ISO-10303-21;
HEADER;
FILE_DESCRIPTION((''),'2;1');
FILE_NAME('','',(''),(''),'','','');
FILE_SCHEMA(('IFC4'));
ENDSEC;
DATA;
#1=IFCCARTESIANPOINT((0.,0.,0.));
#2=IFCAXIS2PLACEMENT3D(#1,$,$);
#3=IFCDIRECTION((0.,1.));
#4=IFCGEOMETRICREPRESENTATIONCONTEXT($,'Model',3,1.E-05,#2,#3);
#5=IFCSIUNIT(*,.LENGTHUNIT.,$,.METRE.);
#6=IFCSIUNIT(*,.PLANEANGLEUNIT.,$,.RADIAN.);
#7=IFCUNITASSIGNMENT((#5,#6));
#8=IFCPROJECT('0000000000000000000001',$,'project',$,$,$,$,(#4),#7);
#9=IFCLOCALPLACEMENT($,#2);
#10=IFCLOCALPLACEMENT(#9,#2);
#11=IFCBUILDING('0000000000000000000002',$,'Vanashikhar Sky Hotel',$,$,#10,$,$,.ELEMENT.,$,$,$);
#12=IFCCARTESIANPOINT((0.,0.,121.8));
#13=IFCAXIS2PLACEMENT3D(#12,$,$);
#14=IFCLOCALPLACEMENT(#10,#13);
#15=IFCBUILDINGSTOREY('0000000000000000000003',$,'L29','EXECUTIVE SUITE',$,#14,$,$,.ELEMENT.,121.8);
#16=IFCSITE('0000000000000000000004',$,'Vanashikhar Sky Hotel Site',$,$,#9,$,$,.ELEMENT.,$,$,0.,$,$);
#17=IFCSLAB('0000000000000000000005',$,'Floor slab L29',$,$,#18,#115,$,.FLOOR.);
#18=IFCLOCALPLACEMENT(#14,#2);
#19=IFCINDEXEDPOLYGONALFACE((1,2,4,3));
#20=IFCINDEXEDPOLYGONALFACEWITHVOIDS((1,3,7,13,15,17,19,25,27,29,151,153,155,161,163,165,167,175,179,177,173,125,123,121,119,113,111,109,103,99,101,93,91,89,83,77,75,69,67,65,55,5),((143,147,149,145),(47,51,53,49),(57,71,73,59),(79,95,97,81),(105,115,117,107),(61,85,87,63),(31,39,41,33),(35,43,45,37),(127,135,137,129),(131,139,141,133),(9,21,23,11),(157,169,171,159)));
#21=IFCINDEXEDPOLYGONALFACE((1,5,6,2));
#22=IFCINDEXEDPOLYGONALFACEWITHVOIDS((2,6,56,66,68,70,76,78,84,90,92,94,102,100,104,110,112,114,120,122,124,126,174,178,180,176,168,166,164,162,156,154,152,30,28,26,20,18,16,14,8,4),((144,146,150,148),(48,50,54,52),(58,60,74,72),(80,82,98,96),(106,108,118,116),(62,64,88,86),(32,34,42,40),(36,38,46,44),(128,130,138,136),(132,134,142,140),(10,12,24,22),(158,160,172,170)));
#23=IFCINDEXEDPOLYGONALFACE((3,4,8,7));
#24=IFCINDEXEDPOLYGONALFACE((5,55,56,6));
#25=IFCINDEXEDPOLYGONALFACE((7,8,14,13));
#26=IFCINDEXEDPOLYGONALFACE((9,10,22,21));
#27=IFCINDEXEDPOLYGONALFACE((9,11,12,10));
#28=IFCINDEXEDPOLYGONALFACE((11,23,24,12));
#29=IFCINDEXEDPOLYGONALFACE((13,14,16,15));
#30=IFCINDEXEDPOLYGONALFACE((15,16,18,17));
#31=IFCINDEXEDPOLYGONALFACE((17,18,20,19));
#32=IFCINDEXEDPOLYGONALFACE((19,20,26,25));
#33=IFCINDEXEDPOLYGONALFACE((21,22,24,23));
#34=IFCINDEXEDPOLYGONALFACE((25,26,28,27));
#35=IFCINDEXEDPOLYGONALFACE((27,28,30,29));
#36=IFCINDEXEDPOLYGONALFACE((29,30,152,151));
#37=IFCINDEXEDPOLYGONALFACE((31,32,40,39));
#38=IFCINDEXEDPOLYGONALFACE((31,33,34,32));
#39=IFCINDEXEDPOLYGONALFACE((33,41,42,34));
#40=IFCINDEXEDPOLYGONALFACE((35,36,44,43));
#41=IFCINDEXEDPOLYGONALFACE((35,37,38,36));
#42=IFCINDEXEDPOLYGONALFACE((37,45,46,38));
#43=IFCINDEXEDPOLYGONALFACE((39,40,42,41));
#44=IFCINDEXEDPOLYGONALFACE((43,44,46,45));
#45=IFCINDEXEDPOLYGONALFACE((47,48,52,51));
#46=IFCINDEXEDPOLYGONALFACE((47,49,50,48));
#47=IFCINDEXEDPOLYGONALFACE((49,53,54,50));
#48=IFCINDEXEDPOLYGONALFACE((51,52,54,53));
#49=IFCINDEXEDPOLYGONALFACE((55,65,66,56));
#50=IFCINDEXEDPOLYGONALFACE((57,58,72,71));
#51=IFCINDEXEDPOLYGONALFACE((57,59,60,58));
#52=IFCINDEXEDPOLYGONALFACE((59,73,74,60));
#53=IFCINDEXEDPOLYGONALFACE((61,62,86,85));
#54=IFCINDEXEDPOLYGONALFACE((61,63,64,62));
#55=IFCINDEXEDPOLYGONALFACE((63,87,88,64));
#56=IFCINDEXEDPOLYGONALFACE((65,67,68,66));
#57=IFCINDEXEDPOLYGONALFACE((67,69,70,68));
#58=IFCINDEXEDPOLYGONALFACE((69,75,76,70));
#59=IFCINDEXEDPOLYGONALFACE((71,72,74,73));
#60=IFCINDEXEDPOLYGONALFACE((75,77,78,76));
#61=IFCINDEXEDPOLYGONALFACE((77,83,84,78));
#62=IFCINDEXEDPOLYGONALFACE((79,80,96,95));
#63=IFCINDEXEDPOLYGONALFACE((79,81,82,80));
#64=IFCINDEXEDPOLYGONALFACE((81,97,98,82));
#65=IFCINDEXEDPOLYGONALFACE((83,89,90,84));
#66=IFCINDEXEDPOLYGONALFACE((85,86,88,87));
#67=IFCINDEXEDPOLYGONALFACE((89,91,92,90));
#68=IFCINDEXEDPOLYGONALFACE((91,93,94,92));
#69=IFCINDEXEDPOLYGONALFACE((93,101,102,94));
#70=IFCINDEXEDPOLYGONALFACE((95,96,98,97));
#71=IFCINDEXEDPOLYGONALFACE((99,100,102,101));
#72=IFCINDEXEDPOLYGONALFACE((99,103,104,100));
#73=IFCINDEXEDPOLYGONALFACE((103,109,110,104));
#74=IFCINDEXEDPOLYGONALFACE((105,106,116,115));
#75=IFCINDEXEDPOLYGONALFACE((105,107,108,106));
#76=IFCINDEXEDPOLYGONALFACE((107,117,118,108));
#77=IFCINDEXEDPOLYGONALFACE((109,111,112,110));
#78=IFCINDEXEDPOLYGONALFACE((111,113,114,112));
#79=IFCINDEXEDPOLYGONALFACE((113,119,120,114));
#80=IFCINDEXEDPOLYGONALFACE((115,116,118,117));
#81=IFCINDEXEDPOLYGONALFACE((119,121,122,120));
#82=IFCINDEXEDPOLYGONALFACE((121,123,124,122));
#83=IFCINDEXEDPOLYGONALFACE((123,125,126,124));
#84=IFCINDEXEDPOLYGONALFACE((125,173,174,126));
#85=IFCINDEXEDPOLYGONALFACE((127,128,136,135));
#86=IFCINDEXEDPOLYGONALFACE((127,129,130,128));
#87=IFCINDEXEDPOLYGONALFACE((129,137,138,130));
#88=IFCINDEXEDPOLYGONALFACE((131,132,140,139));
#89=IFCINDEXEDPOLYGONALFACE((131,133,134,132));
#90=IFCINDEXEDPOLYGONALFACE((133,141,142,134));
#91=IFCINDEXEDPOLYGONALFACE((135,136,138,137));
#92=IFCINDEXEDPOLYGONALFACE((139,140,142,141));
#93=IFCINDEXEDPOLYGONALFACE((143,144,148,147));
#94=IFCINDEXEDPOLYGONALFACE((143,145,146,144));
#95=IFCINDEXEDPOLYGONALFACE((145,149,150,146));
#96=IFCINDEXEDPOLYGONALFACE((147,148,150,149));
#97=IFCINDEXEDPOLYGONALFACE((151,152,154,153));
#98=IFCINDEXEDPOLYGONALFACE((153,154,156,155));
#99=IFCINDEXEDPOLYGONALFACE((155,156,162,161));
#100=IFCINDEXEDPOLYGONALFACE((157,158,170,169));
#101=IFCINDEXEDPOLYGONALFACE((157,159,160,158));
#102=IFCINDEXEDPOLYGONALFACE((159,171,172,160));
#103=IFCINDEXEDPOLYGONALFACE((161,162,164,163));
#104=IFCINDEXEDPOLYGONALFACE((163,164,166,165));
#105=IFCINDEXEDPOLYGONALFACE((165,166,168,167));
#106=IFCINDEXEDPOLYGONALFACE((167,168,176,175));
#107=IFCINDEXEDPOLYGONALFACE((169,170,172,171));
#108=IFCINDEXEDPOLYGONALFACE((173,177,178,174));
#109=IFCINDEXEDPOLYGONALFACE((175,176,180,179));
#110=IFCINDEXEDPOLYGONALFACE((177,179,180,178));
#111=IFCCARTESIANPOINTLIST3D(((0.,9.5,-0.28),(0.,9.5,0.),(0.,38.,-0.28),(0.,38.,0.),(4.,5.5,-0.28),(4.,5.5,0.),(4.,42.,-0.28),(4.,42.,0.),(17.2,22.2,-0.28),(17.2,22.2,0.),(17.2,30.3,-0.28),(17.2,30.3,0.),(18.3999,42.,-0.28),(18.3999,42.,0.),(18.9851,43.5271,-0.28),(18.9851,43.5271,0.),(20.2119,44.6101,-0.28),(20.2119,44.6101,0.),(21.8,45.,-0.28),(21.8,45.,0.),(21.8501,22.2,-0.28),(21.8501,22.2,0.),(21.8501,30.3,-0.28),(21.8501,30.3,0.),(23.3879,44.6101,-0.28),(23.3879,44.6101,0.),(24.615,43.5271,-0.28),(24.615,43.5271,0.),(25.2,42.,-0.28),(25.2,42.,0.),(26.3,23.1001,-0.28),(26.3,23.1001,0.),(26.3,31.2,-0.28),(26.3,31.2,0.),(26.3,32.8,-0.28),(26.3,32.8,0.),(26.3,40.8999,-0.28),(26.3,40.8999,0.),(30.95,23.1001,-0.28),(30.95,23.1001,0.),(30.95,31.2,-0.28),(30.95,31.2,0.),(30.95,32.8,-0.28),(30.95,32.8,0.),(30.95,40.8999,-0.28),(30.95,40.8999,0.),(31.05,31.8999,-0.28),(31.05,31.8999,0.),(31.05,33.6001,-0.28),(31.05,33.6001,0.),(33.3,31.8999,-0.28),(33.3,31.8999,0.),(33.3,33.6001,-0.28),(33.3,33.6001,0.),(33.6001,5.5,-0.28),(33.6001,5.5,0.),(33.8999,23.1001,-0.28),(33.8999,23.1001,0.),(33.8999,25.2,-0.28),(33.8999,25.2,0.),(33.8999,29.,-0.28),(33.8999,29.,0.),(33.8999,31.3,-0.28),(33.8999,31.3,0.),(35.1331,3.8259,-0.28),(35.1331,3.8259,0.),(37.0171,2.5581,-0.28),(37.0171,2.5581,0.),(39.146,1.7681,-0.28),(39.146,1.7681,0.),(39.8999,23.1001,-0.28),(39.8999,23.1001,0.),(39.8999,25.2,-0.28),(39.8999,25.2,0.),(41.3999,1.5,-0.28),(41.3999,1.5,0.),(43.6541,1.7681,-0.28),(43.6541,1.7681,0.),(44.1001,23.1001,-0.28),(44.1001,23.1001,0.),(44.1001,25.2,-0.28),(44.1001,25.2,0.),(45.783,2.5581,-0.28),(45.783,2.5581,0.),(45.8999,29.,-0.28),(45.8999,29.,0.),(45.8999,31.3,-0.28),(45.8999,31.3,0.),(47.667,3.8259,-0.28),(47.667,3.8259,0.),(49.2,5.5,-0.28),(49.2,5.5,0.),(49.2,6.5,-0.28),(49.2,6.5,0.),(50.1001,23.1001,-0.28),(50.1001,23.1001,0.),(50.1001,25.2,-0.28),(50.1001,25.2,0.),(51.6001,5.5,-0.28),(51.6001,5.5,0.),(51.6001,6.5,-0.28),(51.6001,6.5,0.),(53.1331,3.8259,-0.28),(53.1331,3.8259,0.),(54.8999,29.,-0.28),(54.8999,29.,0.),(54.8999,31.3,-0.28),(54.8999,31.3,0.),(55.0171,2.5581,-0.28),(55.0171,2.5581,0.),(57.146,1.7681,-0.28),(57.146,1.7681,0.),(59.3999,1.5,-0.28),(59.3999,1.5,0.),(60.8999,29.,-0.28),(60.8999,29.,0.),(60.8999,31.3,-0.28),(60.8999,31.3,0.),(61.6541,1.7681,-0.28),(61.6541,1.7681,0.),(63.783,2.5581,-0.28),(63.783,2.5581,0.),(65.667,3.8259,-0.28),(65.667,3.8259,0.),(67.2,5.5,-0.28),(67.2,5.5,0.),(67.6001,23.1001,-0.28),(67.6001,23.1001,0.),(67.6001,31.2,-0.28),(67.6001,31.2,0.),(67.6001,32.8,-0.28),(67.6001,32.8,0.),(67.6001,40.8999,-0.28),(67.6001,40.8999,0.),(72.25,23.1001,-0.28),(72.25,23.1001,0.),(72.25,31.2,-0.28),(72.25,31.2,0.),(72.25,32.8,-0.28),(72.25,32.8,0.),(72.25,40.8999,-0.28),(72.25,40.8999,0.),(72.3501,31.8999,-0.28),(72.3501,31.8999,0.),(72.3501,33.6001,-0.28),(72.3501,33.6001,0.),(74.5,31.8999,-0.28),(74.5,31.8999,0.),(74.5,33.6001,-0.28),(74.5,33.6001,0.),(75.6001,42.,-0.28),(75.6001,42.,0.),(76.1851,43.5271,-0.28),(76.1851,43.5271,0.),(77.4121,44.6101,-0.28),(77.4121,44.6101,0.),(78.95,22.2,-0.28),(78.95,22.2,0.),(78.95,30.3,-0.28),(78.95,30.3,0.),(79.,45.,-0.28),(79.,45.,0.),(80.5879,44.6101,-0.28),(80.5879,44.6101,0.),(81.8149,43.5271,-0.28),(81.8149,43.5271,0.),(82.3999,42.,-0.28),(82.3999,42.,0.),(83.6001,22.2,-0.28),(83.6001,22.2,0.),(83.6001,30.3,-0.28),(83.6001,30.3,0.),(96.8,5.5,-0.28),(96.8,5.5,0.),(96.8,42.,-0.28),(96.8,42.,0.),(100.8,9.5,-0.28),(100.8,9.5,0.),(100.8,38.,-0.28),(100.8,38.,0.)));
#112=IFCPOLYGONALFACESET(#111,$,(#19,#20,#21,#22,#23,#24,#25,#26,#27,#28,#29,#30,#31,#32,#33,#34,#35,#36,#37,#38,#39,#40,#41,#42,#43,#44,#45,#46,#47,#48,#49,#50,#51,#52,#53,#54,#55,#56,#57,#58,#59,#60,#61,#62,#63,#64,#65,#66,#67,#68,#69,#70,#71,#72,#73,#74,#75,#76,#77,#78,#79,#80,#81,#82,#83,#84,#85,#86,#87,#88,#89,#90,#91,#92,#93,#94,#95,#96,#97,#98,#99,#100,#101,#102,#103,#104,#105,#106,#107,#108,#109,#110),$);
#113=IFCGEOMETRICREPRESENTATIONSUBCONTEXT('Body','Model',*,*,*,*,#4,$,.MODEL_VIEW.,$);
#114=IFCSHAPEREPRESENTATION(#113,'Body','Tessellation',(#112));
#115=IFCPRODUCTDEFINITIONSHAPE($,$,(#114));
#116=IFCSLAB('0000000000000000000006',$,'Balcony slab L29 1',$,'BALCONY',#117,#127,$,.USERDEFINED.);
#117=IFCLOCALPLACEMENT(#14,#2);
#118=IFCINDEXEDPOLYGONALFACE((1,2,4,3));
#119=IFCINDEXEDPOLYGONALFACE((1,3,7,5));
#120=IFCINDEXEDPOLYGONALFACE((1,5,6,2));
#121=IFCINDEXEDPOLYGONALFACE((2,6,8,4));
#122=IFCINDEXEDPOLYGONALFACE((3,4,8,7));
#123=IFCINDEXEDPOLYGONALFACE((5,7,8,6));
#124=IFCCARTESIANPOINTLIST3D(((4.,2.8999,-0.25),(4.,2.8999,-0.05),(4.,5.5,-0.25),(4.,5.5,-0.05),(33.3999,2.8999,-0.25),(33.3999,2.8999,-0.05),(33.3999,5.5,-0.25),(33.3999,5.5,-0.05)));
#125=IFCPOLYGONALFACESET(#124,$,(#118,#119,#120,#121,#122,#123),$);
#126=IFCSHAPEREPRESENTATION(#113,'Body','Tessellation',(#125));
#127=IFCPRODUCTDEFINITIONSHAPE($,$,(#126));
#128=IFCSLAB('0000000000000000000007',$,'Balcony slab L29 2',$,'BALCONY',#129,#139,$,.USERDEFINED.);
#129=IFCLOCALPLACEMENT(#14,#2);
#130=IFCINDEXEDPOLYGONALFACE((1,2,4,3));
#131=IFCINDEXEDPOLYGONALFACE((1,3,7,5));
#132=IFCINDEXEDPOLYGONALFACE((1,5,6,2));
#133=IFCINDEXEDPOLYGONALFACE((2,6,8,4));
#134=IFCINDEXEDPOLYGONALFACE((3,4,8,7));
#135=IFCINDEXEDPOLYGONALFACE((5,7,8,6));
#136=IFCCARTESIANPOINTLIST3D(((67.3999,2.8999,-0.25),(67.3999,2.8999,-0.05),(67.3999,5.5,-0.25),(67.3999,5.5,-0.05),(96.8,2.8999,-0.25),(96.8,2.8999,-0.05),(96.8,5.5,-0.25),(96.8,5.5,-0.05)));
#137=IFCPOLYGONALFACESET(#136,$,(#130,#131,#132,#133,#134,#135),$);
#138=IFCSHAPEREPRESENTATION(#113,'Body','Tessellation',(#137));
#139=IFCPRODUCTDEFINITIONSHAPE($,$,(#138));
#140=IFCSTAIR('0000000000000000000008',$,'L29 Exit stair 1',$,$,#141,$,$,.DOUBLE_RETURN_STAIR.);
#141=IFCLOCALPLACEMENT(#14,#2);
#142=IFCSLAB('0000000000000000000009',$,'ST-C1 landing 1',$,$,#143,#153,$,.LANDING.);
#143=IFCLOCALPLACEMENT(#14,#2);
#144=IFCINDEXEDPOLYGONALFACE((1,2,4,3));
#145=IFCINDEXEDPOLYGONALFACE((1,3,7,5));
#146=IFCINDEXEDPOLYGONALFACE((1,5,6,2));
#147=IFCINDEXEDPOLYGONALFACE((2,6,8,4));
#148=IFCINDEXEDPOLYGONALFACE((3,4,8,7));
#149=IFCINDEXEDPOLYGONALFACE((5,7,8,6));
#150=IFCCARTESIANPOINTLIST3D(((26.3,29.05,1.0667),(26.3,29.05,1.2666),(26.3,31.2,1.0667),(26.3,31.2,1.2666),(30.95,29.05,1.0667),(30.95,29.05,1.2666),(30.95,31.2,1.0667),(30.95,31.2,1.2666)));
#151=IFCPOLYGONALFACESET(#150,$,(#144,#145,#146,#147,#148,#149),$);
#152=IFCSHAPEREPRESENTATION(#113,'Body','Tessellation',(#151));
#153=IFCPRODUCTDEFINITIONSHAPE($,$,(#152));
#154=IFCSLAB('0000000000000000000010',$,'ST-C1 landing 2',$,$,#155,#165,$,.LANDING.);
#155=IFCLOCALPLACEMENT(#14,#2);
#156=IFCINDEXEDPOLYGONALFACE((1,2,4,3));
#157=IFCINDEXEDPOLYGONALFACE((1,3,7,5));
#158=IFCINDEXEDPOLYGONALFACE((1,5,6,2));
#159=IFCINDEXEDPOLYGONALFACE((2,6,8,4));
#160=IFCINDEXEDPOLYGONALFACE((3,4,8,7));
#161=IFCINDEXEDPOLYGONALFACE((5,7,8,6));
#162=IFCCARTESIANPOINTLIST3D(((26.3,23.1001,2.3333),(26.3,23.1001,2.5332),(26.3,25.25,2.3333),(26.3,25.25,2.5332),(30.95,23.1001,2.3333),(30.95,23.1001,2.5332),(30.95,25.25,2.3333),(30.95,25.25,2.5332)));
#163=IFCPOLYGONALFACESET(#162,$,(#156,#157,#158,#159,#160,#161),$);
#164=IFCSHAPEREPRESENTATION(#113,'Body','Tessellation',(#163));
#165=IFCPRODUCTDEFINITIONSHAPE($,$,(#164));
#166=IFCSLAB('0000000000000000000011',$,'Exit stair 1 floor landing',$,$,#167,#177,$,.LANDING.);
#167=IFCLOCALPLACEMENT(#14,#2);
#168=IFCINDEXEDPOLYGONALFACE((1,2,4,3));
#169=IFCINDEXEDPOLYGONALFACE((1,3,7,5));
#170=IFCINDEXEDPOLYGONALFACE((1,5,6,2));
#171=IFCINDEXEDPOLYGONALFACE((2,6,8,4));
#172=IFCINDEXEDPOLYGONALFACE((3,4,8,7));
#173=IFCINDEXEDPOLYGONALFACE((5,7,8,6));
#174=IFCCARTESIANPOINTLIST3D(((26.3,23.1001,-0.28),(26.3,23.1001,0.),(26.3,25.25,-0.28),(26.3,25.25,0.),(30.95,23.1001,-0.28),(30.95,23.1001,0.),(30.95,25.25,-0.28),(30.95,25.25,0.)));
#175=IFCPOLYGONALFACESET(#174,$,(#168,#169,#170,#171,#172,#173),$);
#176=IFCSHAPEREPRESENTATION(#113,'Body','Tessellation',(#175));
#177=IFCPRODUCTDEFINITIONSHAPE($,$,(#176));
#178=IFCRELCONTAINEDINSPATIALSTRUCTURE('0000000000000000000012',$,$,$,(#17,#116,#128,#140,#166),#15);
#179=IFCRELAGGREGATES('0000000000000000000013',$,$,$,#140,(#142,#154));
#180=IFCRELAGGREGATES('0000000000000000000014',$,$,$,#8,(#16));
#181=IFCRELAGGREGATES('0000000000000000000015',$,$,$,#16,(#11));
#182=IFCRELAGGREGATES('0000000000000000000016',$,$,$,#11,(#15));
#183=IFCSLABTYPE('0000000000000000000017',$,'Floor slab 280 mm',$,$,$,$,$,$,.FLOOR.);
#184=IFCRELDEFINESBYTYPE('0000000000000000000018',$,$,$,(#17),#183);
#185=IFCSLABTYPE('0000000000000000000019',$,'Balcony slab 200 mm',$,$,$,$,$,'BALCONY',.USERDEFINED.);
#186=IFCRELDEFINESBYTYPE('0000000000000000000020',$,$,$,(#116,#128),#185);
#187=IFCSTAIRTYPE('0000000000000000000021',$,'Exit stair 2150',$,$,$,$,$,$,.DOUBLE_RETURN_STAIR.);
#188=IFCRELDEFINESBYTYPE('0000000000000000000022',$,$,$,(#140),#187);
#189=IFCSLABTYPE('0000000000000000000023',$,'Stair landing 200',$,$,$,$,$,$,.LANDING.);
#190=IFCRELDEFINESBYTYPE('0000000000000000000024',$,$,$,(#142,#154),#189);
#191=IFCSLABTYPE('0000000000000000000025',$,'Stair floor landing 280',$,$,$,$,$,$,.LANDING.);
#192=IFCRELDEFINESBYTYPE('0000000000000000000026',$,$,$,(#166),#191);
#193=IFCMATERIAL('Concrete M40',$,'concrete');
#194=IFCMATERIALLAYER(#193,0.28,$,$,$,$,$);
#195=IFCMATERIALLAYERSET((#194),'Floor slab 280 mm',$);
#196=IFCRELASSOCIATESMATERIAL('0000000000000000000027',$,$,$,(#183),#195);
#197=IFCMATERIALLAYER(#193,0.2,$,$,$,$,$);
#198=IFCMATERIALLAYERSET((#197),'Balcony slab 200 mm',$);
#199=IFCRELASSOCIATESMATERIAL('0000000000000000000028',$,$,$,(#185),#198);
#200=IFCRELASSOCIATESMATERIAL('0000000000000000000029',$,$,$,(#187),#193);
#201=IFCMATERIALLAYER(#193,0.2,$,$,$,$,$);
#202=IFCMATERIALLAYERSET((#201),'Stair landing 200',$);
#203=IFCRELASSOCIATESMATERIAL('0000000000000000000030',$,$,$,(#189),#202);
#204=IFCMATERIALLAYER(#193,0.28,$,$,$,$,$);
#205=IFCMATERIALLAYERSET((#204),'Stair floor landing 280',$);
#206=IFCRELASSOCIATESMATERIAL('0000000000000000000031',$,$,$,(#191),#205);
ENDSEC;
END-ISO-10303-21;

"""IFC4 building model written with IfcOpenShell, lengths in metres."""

from ifc_helpers import new_model, si_unit, direction, frame, origin, place, context, subcontext, project, spatial, polyline, outline, extrude, source, transform, mapped, material, layer, layer_set, type_object, element, aggregate, save


model = new_model("IFC4")

# Units and contexts
model_context = context("Model", 3, precision=1e-05, world=origin(), true_north=direction((0.0, 1.0)))
body_context = subcontext(model_context, "Body", "Model", "MODEL_VIEW")
ifc_project = project(units=[si_unit("LENGTHUNIT", "METRE"), si_unit("PLANEANGLEUNIT", "RADIAN")], contexts=[model_context])

# Site, building, storey
site_placement = place(None, origin())
site = spatial("IfcSite", under=ifc_project, at=site_placement, Name="Vanashikhar Sky Hotel Site", CompositionType="ELEMENT", RefElevation=0.0)
building_placement = place(site_placement, origin())
building = spatial("IfcBuilding", under=site, at=building_placement, Name="Vanashikhar Sky Hotel", CompositionType="ELEMENT")
storey_placement = place(building_placement, frame((0.0, 0.0, 121.8)))
storey = spatial("IfcBuildingStorey", under=building, at=storey_placement, Name="L29", Description="EXECUTIVE SUITE", CompositionType="ELEMENT", Elevation=121.8)

# Slabs
ifc_material_1 = material(Name="Concrete M40", Category="concrete")
ifc_layer_1 = layer(ifc_material_1, 0.28)
ifc_layer_set_1 = layer_set([ifc_layer_1], Name="Floor slab 280 mm")
slab_type_1 = type_object("IfcSlabType", Name="Floor slab 280 mm", PredefinedType="FLOOR", material=ifc_layer_set_1)
shared_shape_1 = source(origin(), body_context, "Body", "SweptSolid", [
    extrude(outline(polyline([(49.2, 5.5), (49.2, 6.5), (51.6001, 6.5), (51.6001, 5.5), (53.1331, 3.8259), (55.0171, 2.5581), (57.146, 1.7681), (59.3999, 1.5), (61.6541, 1.7681), (63.783, 2.5581), (65.667, 3.8259), (67.2, 5.5), (96.8, 5.5), (100.8, 9.5), (100.8, 38.0), (96.8, 42.0), (82.3999, 42.0), (81.8149, 43.5271), (80.5879, 44.6101), (79.0, 45.0), (77.4121, 44.6101), (76.1851, 43.5271), (75.6001, 42.0), (25.2, 42.0), (24.615, 43.5271), (23.3879, 44.6101), (21.8, 45.0), (20.2119, 44.6101), (18.9851, 43.5271), (18.3999, 42.0), (4.0, 42.0), (0.0, 38.0), (0.0, 9.5), (4.0, 5.5), (33.6001, 5.5), (35.1331, 3.8259), (37.0171, 2.5581), (39.146, 1.7681), (41.3999, 1.5), (43.6541, 1.7681), (45.783, 2.5581), (47.667, 3.8259), (49.2, 5.5)]), holes=[polyline([(33.3, 33.6001), (31.05, 33.6001), (31.05, 31.8999), (33.3, 31.8999), (33.3, 33.6001)]), polyline([(33.8999, 25.2), (33.8999, 23.1001), (39.8999, 23.1001), (39.8999, 25.2), (33.8999, 25.2)]), polyline([(33.8999, 31.3), (33.8999, 29.0), (45.8999, 29.0), (45.8999, 31.3), (33.8999, 31.3)]), polyline([(44.1001, 25.2), (44.1001, 23.1001), (50.1001, 23.1001), (50.1001, 25.2), (44.1001, 25.2)]), polyline([(54.8999, 31.3), (54.8999, 29.0), (60.8999, 29.0), (60.8999, 31.3), (54.8999, 31.3)]), polyline([(74.5, 33.6001), (72.3501, 33.6001), (72.3501, 31.8999), (74.5, 31.8999), (74.5, 33.6001)]), polyline([(30.95, 23.1001), (30.95, 31.2), (26.3, 31.2), (26.3, 23.1001), (30.95, 23.1001)]), polyline([(72.25, 23.1001), (72.25, 31.2), (67.6001, 31.2), (67.6001, 23.1001), (72.25, 23.1001)]), polyline([(30.95, 32.8), (30.95, 40.8999), (26.3, 40.8999), (26.3, 32.8), (30.95, 32.8)]), polyline([(72.25, 32.8), (72.25, 40.8999), (67.6001, 40.8999), (67.6001, 32.8), (72.25, 32.8)]), polyline([(83.6001, 22.2), (83.6001, 30.3), (78.95, 30.3), (78.95, 22.2), (83.6001, 22.2)]), polyline([(21.8501, 22.2), (21.8501, 30.3), (17.2, 30.3), (17.2, 22.2), (21.8501, 22.2)])]), origin(), (0.0, 0.0, 1.0), 0.28),
])
slab_1_placement = place(storey_placement, frame((0.0, 0.0, -0.28)))
element("IfcSlab", 1, at=slab_1_placement, inside=storey, type_object=slab_type_1, Name="Floor slab L29", PredefinedType="FLOOR", context=body_context, shape_type="MappedRepresentation", body=[
    mapped(shared_shape_1, transform((0.0, 0.0, 0.0), scale=1.0)),
])
ifc_layer_2 = layer(ifc_material_1, 0.2)
ifc_layer_set_2 = layer_set([ifc_layer_2], Name="Balcony slab 200 mm")
slab_type_2 = type_object("IfcSlabType", Name="Balcony slab 200 mm", ElementType="BALCONY", PredefinedType="USERDEFINED", material=ifc_layer_set_2)
shared_shape_2 = source(origin(), body_context, "Body", "SweptSolid", [
    extrude(outline(polyline([(4.0, 2.8999), (33.3999, 2.8999), (33.3999, 5.5), (4.0, 5.5), (4.0, 2.8999)])), origin(), (0.0, 0.0, 1.0), 0.2),
])
slab_2_placement = place(storey_placement, frame((0.0, 0.0, -0.25)))
element("IfcSlab", 2, at=slab_2_placement, inside=storey, type_object=slab_type_2, Name="Balcony slab L29 1", ObjectType="BALCONY", PredefinedType="USERDEFINED", context=body_context, shape_type="MappedRepresentation", body=[
    mapped(shared_shape_2, transform((0.0, 0.0, 0.0), scale=1.0)),
])
shared_shape_3 = source(origin(), body_context, "Body", "SweptSolid", [
    extrude(outline(polyline([(67.3999, 2.8999), (96.8, 2.8999), (96.8, 5.5), (67.3999, 5.5), (67.3999, 2.8999)])), origin(), (0.0, 0.0, 1.0), 0.2),
])
slab_3_placement = place(storey_placement, frame((0.0, 0.0, -0.25)))
element("IfcSlab", 3, at=slab_3_placement, inside=storey, type_object=slab_type_2, Name="Balcony slab L29 2", ObjectType="BALCONY", PredefinedType="USERDEFINED", context=body_context, shape_type="MappedRepresentation", body=[
    mapped(shared_shape_3, transform((0.0, 0.0, 0.0), scale=1.0)),
])

# Stair, slabs
stair_type = type_object("IfcStairType", Name="Exit stair 2150", PredefinedType="DOUBLE_RETURN_STAIR", material=ifc_material_1)
stair_1_placement = place(storey_placement, origin())
stair_1 = element("IfcStair", 4, at=stair_1_placement, inside=storey, type_object=stair_type, Name="L29 Exit stair 1", PredefinedType="DOUBLE_RETURN_STAIR")
ifc_layer_3 = layer(ifc_material_1, 0.2)
ifc_layer_set_3 = layer_set([ifc_layer_3], Name="Stair landing 200")
slab_type_3 = type_object("IfcSlabType", Name="Stair landing 200", PredefinedType="LANDING", material=ifc_layer_set_3)
shared_shape_4 = source(origin(), body_context, "Body", "SweptSolid", [
    extrude(outline(polyline([(30.95, 29.05), (30.95, 31.2), (26.3, 31.2), (26.3, 29.05), (30.95, 29.05)])), origin(), (0.0, 0.0, 1.0), 0.2),
])
slab_4_placement = place(storey_placement, frame((0.0, 0.0, 1.0667)))
slab_4 = element("IfcSlab", 5, at=slab_4_placement, type_object=slab_type_3, Name="ST-C1 landing 1", PredefinedType="LANDING", context=body_context, shape_type="MappedRepresentation", body=[
    mapped(shared_shape_4, transform((0.0, 0.0, 0.0), scale=1.0)),
])
shared_shape_5 = source(origin(), body_context, "Body", "SweptSolid", [
    extrude(outline(polyline([(30.95, 23.1001), (30.95, 25.25), (26.3, 25.25), (26.3, 23.1001), (30.95, 23.1001)])), origin(), (0.0, 0.0, 1.0), 0.2),
])
slab_5_placement = place(storey_placement, frame((0.0, 0.0, 2.3333)))
slab_5 = element("IfcSlab", 6, at=slab_5_placement, type_object=slab_type_3, Name="ST-C1 landing 2", PredefinedType="LANDING", context=body_context, shape_type="MappedRepresentation", body=[
    mapped(shared_shape_5, transform((0.0, 0.0, 0.0), scale=1.0)),
])
aggregate(stair_1, [slab_4, slab_5])

# Slab
ifc_layer_4 = layer(ifc_material_1, 0.28)
ifc_layer_set_4 = layer_set([ifc_layer_4], Name="Stair floor landing 280")
slab_type_4 = type_object("IfcSlabType", Name="Stair floor landing 280", PredefinedType="LANDING", material=ifc_layer_set_4)
shared_shape_6 = source(origin(), body_context, "Body", "SweptSolid", [
    extrude(outline(polyline([(30.95, 23.1001), (30.95, 25.25), (26.3, 25.25), (26.3, 23.1001), (30.95, 23.1001)])), origin(), (0.0, 0.0, 1.0), 0.28),
])
slab_6_placement = place(storey_placement, frame((0.0, 0.0, -0.28)))
element("IfcSlab", 7, at=slab_6_placement, inside=storey, type_object=slab_type_4, Name="Exit stair 1 floor landing", PredefinedType="LANDING", context=body_context, shape_type="MappedRepresentation", body=[
    mapped(shared_shape_6, transform((0.0, 0.0, 0.0), scale=1.0)),
])

save(model, "model.ifc")
